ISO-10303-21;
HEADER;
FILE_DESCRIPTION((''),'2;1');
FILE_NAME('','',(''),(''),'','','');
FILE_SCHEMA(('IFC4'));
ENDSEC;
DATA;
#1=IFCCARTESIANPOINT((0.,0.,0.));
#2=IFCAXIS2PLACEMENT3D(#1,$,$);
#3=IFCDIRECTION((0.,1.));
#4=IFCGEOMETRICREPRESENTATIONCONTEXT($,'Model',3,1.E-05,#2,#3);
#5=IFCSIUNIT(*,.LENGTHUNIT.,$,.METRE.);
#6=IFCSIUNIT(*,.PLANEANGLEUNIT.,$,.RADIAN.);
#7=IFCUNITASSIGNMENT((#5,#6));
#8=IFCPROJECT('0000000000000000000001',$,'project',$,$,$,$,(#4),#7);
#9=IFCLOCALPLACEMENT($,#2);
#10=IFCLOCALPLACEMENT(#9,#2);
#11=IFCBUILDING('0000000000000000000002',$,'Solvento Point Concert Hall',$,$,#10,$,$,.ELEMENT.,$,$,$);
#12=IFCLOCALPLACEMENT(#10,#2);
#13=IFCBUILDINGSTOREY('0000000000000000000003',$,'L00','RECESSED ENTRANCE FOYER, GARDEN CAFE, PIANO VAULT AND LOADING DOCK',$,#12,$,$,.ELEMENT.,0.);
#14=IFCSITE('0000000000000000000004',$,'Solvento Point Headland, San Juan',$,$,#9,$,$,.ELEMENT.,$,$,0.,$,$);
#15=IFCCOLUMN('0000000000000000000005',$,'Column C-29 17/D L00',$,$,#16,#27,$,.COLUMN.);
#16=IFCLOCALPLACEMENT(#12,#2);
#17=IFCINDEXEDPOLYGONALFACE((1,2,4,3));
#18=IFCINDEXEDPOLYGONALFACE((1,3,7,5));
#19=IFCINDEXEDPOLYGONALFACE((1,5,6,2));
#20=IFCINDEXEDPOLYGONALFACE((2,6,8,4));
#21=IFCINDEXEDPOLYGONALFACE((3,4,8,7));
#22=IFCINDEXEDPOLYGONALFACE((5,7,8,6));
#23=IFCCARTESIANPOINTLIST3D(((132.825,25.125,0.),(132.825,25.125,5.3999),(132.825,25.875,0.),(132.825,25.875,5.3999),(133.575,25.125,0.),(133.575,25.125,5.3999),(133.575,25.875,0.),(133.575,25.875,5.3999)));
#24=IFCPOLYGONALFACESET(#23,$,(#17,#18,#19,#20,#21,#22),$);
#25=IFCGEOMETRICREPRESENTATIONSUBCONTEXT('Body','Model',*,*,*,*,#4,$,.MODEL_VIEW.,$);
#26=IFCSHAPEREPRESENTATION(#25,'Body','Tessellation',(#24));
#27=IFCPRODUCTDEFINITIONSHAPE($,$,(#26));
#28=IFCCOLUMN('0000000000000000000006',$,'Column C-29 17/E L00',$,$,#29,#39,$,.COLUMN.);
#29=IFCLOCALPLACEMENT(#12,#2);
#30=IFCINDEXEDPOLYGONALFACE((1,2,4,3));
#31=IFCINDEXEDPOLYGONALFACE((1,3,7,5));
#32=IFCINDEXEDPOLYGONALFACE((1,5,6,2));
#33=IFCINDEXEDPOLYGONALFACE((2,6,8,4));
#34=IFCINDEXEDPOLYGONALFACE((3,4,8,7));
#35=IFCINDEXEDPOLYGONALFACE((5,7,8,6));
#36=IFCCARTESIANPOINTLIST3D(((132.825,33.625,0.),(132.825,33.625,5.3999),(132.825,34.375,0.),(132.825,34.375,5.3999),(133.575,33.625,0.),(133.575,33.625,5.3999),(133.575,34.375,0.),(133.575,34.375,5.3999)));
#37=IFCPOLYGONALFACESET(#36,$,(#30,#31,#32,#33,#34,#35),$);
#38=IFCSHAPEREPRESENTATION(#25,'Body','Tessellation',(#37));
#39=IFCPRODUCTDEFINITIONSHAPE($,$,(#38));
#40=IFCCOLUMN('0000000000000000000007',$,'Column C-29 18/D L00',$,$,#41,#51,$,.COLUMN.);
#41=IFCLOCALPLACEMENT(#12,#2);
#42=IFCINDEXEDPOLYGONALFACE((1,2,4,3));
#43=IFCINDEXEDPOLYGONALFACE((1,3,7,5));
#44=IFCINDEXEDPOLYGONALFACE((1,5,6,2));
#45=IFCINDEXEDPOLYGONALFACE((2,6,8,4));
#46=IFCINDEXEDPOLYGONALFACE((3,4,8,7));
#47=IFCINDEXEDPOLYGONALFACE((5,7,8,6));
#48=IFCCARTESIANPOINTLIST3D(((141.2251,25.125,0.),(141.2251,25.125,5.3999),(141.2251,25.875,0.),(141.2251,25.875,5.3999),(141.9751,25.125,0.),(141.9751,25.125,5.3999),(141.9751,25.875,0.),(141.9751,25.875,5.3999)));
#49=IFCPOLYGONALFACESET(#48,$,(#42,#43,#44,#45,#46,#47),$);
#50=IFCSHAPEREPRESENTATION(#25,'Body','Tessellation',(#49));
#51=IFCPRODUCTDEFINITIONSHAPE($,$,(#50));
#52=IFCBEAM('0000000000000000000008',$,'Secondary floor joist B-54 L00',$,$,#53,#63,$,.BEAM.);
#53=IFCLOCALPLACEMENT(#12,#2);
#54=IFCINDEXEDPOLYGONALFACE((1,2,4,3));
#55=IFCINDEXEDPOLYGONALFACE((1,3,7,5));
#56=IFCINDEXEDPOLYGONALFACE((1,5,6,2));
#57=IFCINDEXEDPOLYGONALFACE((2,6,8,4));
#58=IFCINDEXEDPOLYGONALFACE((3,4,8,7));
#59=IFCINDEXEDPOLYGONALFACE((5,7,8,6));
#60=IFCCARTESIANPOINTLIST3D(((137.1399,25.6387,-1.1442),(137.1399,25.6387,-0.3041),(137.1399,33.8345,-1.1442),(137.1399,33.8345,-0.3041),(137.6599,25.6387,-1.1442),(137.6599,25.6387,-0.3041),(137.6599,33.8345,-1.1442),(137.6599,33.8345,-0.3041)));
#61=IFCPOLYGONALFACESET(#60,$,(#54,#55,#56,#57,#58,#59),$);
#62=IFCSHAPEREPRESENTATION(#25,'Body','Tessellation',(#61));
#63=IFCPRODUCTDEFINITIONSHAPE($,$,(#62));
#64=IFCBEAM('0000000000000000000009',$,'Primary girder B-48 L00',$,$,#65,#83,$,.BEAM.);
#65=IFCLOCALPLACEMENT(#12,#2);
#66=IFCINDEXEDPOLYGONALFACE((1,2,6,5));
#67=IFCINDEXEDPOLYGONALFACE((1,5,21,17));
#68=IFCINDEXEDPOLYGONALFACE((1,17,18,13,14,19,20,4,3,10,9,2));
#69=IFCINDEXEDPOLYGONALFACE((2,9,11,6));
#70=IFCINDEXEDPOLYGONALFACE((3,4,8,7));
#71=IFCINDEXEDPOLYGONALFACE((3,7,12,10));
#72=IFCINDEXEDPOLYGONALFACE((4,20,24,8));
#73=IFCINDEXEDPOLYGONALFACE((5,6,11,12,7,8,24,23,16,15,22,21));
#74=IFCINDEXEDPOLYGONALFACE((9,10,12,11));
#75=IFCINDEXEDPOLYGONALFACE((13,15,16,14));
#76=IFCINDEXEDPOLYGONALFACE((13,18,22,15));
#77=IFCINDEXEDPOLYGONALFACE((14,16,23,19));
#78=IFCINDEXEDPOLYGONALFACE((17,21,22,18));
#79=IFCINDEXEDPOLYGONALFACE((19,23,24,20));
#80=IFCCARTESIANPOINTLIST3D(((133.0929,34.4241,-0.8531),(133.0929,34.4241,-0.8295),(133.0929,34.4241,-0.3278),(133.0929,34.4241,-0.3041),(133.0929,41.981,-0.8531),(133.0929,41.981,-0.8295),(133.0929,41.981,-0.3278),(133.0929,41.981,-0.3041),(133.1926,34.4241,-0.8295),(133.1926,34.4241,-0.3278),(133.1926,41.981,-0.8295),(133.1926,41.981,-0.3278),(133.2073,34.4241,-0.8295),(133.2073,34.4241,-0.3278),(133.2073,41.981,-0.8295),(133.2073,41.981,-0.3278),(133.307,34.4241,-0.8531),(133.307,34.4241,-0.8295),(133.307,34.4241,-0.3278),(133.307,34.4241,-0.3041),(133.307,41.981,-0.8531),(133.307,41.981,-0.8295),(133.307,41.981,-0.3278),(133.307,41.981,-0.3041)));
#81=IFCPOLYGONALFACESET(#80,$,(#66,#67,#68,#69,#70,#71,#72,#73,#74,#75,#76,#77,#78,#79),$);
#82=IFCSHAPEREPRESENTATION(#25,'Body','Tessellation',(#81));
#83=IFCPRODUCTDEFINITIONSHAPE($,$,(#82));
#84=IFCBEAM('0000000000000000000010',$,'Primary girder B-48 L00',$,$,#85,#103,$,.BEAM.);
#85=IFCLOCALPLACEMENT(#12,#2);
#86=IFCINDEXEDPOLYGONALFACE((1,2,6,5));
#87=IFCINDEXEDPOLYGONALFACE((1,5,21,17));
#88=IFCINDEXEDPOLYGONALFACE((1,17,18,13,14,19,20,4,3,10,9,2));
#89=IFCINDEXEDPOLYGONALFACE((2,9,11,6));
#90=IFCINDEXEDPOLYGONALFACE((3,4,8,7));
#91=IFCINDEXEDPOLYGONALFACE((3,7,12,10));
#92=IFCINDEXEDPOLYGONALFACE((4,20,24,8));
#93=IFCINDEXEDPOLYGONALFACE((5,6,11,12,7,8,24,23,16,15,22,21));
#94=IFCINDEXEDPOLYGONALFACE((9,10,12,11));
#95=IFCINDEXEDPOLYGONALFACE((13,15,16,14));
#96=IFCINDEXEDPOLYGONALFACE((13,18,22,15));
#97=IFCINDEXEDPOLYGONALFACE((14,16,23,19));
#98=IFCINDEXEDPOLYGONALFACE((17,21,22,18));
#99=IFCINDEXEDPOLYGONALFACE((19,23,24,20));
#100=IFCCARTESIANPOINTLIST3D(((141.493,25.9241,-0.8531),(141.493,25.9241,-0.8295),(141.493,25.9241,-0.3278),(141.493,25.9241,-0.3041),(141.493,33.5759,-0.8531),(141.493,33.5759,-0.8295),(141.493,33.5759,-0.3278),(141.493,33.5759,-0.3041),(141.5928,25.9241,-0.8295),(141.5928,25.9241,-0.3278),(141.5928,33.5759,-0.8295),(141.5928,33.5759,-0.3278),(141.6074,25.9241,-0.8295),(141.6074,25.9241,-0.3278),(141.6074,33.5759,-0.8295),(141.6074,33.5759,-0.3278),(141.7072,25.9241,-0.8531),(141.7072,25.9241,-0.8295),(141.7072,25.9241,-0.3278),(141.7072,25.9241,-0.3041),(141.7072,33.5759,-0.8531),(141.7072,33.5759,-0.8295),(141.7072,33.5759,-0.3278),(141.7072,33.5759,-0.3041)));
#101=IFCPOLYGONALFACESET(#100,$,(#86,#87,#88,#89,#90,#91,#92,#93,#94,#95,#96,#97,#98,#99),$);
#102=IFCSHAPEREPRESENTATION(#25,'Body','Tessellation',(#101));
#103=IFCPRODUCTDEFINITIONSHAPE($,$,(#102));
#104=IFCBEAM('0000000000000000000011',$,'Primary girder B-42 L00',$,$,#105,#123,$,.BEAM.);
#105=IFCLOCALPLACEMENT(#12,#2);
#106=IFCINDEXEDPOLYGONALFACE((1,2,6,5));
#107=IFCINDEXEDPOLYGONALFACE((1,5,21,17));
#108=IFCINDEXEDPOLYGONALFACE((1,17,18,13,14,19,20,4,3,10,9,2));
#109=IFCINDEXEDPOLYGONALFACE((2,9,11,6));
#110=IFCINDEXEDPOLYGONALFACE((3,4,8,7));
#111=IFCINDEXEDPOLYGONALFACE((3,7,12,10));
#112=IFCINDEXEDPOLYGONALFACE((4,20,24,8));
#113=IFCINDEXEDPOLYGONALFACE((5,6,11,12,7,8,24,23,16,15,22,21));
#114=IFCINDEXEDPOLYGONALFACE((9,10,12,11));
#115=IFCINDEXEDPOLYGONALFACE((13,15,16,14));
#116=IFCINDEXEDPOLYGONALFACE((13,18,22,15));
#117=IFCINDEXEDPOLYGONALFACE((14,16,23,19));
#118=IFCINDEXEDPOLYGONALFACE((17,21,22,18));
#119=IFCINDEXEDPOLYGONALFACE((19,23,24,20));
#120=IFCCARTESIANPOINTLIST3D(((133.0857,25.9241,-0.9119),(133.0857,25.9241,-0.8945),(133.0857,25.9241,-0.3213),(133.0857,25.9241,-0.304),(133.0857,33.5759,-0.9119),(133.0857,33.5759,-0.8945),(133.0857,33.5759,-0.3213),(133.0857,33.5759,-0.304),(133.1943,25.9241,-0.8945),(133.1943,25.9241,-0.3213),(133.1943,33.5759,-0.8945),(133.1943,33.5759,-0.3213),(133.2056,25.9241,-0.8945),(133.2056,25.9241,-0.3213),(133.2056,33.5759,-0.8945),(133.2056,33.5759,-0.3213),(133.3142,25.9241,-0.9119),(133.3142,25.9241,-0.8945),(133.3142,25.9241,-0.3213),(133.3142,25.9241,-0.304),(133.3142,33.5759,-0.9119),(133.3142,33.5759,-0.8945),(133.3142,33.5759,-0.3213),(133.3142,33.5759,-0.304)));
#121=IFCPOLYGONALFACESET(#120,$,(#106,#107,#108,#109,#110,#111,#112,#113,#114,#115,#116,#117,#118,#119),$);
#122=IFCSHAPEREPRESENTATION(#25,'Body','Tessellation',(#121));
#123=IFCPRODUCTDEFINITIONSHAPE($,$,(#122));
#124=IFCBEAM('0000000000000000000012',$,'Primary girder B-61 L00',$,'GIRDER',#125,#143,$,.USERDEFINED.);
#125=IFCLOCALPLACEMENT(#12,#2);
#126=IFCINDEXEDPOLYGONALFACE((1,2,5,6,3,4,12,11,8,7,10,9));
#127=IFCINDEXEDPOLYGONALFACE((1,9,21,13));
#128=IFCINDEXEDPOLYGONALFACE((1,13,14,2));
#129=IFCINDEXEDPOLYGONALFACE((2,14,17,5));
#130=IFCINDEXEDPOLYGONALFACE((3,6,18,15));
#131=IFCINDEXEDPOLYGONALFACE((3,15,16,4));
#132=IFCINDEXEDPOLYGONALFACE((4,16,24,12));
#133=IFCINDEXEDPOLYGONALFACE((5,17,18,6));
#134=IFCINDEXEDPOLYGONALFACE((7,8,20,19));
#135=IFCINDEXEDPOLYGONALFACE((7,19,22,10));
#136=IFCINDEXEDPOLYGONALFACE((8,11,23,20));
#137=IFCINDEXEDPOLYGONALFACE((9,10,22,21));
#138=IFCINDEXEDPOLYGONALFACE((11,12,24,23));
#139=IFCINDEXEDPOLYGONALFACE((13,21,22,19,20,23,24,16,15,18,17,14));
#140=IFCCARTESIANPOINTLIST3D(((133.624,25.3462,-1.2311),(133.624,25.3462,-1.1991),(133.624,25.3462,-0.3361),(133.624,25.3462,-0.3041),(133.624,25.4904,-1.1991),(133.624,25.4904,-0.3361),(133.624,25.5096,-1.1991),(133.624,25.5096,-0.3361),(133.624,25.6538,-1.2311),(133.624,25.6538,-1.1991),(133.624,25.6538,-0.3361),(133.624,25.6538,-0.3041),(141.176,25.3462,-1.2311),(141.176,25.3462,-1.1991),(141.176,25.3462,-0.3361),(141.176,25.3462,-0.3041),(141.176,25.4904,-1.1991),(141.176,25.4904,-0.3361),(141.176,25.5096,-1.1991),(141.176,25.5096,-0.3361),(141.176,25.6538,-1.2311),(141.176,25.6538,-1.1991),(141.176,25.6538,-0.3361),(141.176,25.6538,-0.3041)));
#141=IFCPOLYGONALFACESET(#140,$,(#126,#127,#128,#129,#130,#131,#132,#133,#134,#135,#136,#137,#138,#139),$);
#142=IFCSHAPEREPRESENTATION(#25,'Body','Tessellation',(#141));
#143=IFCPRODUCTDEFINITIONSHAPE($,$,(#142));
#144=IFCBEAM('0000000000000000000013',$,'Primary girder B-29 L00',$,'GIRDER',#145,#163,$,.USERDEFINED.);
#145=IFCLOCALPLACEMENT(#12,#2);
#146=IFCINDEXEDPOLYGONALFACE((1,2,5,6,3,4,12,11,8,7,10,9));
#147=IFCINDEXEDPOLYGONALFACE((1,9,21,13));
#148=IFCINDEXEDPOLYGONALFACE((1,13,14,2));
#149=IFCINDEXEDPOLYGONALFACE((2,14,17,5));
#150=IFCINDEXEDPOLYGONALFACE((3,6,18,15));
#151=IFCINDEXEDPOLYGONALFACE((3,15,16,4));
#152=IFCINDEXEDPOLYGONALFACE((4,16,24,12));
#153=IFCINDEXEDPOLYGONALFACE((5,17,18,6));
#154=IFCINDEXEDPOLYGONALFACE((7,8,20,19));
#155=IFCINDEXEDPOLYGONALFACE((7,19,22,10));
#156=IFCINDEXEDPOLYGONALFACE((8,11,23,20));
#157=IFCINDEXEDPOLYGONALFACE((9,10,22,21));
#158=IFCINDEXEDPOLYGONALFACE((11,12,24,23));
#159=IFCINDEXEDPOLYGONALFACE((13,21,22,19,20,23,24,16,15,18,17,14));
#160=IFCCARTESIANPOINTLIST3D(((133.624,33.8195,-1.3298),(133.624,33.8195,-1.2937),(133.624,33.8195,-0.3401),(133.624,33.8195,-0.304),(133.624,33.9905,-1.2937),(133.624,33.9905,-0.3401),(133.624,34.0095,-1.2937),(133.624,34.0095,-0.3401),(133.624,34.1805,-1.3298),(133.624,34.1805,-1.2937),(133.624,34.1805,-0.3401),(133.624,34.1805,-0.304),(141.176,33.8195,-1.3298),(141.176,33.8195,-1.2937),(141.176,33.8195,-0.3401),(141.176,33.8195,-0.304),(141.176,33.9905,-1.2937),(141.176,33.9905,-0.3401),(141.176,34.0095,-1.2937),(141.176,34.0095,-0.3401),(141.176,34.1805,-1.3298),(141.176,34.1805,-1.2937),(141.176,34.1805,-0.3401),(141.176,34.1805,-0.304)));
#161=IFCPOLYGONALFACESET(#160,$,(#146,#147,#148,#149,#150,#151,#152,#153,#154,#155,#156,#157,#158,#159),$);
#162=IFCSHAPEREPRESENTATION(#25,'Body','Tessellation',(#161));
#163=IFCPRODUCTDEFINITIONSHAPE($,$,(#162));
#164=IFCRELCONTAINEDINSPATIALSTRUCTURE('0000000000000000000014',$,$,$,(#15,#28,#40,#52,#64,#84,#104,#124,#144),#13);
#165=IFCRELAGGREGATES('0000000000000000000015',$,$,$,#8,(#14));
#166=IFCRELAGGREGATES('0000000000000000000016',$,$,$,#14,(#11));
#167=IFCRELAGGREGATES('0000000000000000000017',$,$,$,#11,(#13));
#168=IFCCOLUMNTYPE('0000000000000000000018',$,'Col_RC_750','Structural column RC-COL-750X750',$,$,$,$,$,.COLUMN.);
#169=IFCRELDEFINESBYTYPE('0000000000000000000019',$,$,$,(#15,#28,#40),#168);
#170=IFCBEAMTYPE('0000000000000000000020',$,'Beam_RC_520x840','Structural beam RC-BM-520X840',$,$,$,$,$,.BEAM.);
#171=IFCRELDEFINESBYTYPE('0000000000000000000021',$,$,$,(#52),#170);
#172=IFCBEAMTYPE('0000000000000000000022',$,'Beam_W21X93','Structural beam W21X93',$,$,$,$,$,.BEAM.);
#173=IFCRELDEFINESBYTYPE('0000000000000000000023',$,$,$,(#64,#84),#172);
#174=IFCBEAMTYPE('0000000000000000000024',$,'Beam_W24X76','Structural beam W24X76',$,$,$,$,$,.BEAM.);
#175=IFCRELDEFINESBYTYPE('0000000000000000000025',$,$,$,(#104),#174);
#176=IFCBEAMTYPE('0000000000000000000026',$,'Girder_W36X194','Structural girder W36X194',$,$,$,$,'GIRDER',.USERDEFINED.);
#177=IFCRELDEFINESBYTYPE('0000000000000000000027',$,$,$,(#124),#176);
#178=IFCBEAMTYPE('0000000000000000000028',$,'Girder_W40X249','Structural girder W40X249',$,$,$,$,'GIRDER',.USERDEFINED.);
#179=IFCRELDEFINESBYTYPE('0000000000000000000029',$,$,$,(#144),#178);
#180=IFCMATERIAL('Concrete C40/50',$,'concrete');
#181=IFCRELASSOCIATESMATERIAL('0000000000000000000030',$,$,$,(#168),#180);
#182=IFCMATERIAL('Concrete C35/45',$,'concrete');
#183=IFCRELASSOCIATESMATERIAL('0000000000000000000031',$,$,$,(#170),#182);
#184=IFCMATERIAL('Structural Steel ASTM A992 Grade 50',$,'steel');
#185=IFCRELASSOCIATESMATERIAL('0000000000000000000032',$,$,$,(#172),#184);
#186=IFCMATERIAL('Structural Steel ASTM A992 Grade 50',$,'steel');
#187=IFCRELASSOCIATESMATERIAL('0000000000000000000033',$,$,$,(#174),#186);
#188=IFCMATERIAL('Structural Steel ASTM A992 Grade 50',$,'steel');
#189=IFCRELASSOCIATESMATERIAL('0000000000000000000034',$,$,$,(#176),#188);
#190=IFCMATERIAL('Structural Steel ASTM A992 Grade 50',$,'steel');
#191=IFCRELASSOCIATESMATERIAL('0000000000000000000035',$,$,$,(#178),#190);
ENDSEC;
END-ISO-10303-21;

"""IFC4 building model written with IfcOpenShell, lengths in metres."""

from ifc_helpers import new_model, si_unit, direction, frame, origin, origin_2d, place, context, subcontext, project, spatial, rectangle, i_section, extrude, material, material_profile, profile_set, type_object, element, save


model = new_model("IFC4")

# Units and contexts
model_context = context("Model", 3, precision=1e-05, world=origin(), true_north=direction((0.0, 1.0)))
body_context = subcontext(model_context, "Body", "Model", "MODEL_VIEW")
ifc_project = project(units=[si_unit("LENGTHUNIT", "METRE"), si_unit("PLANEANGLEUNIT", "RADIAN")], contexts=[model_context])

# Site, building, storey
site_placement = place(None, origin())
site = spatial("IfcSite", under=ifc_project, at=site_placement, Name="Solvento Point Headland, San Juan", CompositionType="ELEMENT", RefElevation=0.0)
building_placement = place(site_placement, origin())
building = spatial("IfcBuilding", under=site, at=building_placement, Name="Solvento Point Concert Hall", CompositionType="ELEMENT")
storey_placement = place(building_placement, origin())
storey = spatial("IfcBuildingStorey", under=building, at=storey_placement, Name="L00", Description="RECESSED ENTRANCE FOYER, GARDEN CAFE, PIANO VAULT AND LOADING DOCK", CompositionType="ELEMENT", Elevation=0.0)

# Columns
ifc_material_1 = material(Name="Concrete C40/50", Category="concrete")
ifc_material_profile_1 = material_profile(ifc_material_1, rectangle(XDim=0.75, YDim=0.75, at=origin_2d()), Name="RC-COL-750X750")
ifc_profile_set_1 = profile_set([ifc_material_profile_1], Name="Concrete C40/50")
column_type = type_object("IfcColumnType", Name="Col_RC_750", Description="Structural column RC-COL-750X750", PredefinedType="COLUMN", material=ifc_profile_set_1)
for number, where, z_axis, x_axis, name in (
    (1, (133.2, 25.5, 0.0), (0.0, 0.0, 1.0), (1.0, 0.0, 0.0), "Column C-29 17/D L00"),
    (2, (133.2, 34.0, 0.0), (0.0, 0.0, 1.0), (1.0, 0.0, 0.0), "Column C-29 17/E L00"),
    (3, (141.6001, 25.5, 0.0), (0.0, 0.0, 1.0), (1.0, 0.0, 0.0), "Column C-29 18/D L00"),
):
    element("IfcColumn", number, at=place(storey_placement, frame(where, z_axis=z_axis, x_axis=x_axis)), inside=storey, type_object=column_type, Name=name, PredefinedType="COLUMN", context=body_context, shape_type="SweptSolid", body=[
        extrude(rectangle(XDim=0.75, YDim=0.75, at=origin_2d()), origin(), (0.0, 0.0, 1.0), 5.3999),
    ])

# Beams
ifc_material_2 = material(Name="Concrete C35/45", Category="concrete")
ifc_material_profile_2 = material_profile(ifc_material_2, rectangle(XDim=0.52, YDim=0.8401, at=origin_2d()), Name="RC-BM-520X840")
ifc_profile_set_2 = profile_set([ifc_material_profile_2], Name="Concrete C35/45")
beam_type_1 = type_object("IfcBeamType", Name="Beam_RC_520x840", Description="Structural beam RC-BM-520X840", PredefinedType="BEAM", material=ifc_profile_set_2)
beam_1_placement = place(storey_placement, frame((137.3999, 25.6387, -0.7241), z_axis=(0.0, 1.0, 0.0), x_axis=(-1.0, 0.0, 0.0)))
element("IfcBeam", 4, at=beam_1_placement, inside=storey, type_object=beam_type_1, Name="Secondary floor joist B-54 L00", PredefinedType="BEAM", context=body_context, shape_type="SweptSolid", body=[
    extrude(rectangle(XDim=0.52, YDim=0.8401, at=origin_2d()), origin(), (0.0, 0.0, 1.0), 8.1958),
])
ifc_material_3 = material(Name="Structural Steel ASTM A992 Grade 50", Category="steel")
ifc_material_profile_3 = material_profile(ifc_material_3, i_section(OverallWidth=0.2141, OverallDepth=0.5491, WebThickness=0.0146, FlangeThickness=0.0237, at=origin_2d()), Name="W21X93")
ifc_profile_set_3 = profile_set([ifc_material_profile_3], Name="Structural Steel ASTM A992 Grade 50")
beam_type_2 = type_object("IfcBeamType", Name="Beam_W21X93", Description="Structural beam W21X93", PredefinedType="BEAM", material=ifc_profile_set_3)
beam_2_placement = place(storey_placement, frame((133.2, 34.4241, -0.5786), z_axis=(0.0, 1.0, 0.0), x_axis=(-1.0, 0.0, 0.0)))
element("IfcBeam", 5, at=beam_2_placement, inside=storey, type_object=beam_type_2, Name="Primary girder B-48 L00", PredefinedType="BEAM", context=body_context, shape_type="SweptSolid", body=[
    extrude(i_section(OverallWidth=0.2141, OverallDepth=0.5491, WebThickness=0.0146, FlangeThickness=0.0237, at=origin_2d()), origin(), (0.0, 0.0, 1.0), 7.5569),
])
beam_3_placement = place(storey_placement, frame((141.6001, 25.9241, -0.5786), z_axis=(0.0, 1.0, 0.0), x_axis=(-1.0, 0.0, 0.0)))
element("IfcBeam", 6, at=beam_3_placement, inside=storey, type_object=beam_type_2, Name="Primary girder B-48 L00", PredefinedType="BEAM", context=body_context, shape_type="SweptSolid", body=[
    extrude(i_section(OverallWidth=0.2141, OverallDepth=0.5491, WebThickness=0.0146, FlangeThickness=0.0237, at=origin_2d()), origin(), (0.0, 0.0, 1.0), 7.6519),
])
ifc_material_4 = material(Name="Structural Steel ASTM A992 Grade 50", Category="steel")
ifc_material_profile_4 = material_profile(ifc_material_4, i_section(OverallWidth=0.2285, OverallDepth=0.6079, WebThickness=0.0112, FlangeThickness=0.0173, at=origin_2d()), Name="W24X76")
ifc_profile_set_4 = profile_set([ifc_material_profile_4], Name="Structural Steel ASTM A992 Grade 50")
beam_type_3 = type_object("IfcBeamType", Name="Beam_W24X76", Description="Structural beam W24X76", PredefinedType="BEAM", material=ifc_profile_set_4)
beam_4_placement = place(storey_placement, frame((133.2, 25.9241, -0.6079), z_axis=(0.0, 1.0, 0.0), x_axis=(-1.0, 0.0, 0.0)))
element("IfcBeam", 7, at=beam_4_placement, inside=storey, type_object=beam_type_3, Name="Primary girder B-42 L00", PredefinedType="BEAM", context=body_context, shape_type="SweptSolid", body=[
    extrude(i_section(OverallWidth=0.2285, OverallDepth=0.6079, WebThickness=0.0112, FlangeThickness=0.0173, at=origin_2d()), origin(), (0.0, 0.0, 1.0), 7.6519),
])
ifc_material_5 = material(Name="Structural Steel ASTM A992 Grade 50", Category="steel")
ifc_material_profile_5 = material_profile(ifc_material_5, i_section(OverallWidth=0.3076, OverallDepth=0.927, WebThickness=0.0193, FlangeThickness=0.032, at=origin_2d()), Name="W36X194")
ifc_profile_set_5 = profile_set([ifc_material_profile_5], Name="Structural Steel ASTM A992 Grade 50")
beam_type_4 = type_object("IfcBeamType", Name="Girder_W36X194", Description="Structural girder W36X194", ElementType="GIRDER", PredefinedType="USERDEFINED", material=ifc_profile_set_5)
beam_5_placement = place(storey_placement, frame((133.624, 25.5, -0.7676), z_axis=(1.0, 0.0, 0.0), x_axis=(0.0, 1.0, 0.0)))
element("IfcBeam", 8, at=beam_5_placement, inside=storey, type_object=beam_type_4, Name="Primary girder B-61 L00", ObjectType="GIRDER", PredefinedType="USERDEFINED", context=body_context, shape_type="SweptSolid", body=[
    extrude(i_section(OverallWidth=0.3076, OverallDepth=0.927, WebThickness=0.0193, FlangeThickness=0.032, at=origin_2d()), origin(), (0.0, 0.0, 1.0), 7.552),
])
ifc_material_6 = material(Name="Structural Steel ASTM A992 Grade 50", Category="steel")
ifc_material_profile_6 = material_profile(ifc_material_6, i_section(OverallWidth=0.3611, OverallDepth=1.0259, WebThickness=0.019, FlangeThickness=0.0361, at=origin_2d()), Name="W40X249")
ifc_profile_set_6 = profile_set([ifc_material_profile_6], Name="Structural Steel ASTM A992 Grade 50")
beam_type_5 = type_object("IfcBeamType", Name="Girder_W40X249", Description="Structural girder W40X249", ElementType="GIRDER", PredefinedType="USERDEFINED", material=ifc_profile_set_6)
beam_6_placement = place(storey_placement, frame((133.624, 34.0, -0.8169), z_axis=(1.0, 0.0, 0.0), x_axis=(0.0, 1.0, 0.0)))
element("IfcBeam", 9, at=beam_6_placement, inside=storey, type_object=beam_type_5, Name="Primary girder B-29 L00", ObjectType="GIRDER", PredefinedType="USERDEFINED", context=body_context, shape_type="SweptSolid", body=[
    extrude(i_section(OverallWidth=0.3611, OverallDepth=1.0259, WebThickness=0.019, FlangeThickness=0.0361, at=origin_2d()), origin(), (0.0, 0.0, 1.0), 7.552),
])

save(model, "model.ifc")
